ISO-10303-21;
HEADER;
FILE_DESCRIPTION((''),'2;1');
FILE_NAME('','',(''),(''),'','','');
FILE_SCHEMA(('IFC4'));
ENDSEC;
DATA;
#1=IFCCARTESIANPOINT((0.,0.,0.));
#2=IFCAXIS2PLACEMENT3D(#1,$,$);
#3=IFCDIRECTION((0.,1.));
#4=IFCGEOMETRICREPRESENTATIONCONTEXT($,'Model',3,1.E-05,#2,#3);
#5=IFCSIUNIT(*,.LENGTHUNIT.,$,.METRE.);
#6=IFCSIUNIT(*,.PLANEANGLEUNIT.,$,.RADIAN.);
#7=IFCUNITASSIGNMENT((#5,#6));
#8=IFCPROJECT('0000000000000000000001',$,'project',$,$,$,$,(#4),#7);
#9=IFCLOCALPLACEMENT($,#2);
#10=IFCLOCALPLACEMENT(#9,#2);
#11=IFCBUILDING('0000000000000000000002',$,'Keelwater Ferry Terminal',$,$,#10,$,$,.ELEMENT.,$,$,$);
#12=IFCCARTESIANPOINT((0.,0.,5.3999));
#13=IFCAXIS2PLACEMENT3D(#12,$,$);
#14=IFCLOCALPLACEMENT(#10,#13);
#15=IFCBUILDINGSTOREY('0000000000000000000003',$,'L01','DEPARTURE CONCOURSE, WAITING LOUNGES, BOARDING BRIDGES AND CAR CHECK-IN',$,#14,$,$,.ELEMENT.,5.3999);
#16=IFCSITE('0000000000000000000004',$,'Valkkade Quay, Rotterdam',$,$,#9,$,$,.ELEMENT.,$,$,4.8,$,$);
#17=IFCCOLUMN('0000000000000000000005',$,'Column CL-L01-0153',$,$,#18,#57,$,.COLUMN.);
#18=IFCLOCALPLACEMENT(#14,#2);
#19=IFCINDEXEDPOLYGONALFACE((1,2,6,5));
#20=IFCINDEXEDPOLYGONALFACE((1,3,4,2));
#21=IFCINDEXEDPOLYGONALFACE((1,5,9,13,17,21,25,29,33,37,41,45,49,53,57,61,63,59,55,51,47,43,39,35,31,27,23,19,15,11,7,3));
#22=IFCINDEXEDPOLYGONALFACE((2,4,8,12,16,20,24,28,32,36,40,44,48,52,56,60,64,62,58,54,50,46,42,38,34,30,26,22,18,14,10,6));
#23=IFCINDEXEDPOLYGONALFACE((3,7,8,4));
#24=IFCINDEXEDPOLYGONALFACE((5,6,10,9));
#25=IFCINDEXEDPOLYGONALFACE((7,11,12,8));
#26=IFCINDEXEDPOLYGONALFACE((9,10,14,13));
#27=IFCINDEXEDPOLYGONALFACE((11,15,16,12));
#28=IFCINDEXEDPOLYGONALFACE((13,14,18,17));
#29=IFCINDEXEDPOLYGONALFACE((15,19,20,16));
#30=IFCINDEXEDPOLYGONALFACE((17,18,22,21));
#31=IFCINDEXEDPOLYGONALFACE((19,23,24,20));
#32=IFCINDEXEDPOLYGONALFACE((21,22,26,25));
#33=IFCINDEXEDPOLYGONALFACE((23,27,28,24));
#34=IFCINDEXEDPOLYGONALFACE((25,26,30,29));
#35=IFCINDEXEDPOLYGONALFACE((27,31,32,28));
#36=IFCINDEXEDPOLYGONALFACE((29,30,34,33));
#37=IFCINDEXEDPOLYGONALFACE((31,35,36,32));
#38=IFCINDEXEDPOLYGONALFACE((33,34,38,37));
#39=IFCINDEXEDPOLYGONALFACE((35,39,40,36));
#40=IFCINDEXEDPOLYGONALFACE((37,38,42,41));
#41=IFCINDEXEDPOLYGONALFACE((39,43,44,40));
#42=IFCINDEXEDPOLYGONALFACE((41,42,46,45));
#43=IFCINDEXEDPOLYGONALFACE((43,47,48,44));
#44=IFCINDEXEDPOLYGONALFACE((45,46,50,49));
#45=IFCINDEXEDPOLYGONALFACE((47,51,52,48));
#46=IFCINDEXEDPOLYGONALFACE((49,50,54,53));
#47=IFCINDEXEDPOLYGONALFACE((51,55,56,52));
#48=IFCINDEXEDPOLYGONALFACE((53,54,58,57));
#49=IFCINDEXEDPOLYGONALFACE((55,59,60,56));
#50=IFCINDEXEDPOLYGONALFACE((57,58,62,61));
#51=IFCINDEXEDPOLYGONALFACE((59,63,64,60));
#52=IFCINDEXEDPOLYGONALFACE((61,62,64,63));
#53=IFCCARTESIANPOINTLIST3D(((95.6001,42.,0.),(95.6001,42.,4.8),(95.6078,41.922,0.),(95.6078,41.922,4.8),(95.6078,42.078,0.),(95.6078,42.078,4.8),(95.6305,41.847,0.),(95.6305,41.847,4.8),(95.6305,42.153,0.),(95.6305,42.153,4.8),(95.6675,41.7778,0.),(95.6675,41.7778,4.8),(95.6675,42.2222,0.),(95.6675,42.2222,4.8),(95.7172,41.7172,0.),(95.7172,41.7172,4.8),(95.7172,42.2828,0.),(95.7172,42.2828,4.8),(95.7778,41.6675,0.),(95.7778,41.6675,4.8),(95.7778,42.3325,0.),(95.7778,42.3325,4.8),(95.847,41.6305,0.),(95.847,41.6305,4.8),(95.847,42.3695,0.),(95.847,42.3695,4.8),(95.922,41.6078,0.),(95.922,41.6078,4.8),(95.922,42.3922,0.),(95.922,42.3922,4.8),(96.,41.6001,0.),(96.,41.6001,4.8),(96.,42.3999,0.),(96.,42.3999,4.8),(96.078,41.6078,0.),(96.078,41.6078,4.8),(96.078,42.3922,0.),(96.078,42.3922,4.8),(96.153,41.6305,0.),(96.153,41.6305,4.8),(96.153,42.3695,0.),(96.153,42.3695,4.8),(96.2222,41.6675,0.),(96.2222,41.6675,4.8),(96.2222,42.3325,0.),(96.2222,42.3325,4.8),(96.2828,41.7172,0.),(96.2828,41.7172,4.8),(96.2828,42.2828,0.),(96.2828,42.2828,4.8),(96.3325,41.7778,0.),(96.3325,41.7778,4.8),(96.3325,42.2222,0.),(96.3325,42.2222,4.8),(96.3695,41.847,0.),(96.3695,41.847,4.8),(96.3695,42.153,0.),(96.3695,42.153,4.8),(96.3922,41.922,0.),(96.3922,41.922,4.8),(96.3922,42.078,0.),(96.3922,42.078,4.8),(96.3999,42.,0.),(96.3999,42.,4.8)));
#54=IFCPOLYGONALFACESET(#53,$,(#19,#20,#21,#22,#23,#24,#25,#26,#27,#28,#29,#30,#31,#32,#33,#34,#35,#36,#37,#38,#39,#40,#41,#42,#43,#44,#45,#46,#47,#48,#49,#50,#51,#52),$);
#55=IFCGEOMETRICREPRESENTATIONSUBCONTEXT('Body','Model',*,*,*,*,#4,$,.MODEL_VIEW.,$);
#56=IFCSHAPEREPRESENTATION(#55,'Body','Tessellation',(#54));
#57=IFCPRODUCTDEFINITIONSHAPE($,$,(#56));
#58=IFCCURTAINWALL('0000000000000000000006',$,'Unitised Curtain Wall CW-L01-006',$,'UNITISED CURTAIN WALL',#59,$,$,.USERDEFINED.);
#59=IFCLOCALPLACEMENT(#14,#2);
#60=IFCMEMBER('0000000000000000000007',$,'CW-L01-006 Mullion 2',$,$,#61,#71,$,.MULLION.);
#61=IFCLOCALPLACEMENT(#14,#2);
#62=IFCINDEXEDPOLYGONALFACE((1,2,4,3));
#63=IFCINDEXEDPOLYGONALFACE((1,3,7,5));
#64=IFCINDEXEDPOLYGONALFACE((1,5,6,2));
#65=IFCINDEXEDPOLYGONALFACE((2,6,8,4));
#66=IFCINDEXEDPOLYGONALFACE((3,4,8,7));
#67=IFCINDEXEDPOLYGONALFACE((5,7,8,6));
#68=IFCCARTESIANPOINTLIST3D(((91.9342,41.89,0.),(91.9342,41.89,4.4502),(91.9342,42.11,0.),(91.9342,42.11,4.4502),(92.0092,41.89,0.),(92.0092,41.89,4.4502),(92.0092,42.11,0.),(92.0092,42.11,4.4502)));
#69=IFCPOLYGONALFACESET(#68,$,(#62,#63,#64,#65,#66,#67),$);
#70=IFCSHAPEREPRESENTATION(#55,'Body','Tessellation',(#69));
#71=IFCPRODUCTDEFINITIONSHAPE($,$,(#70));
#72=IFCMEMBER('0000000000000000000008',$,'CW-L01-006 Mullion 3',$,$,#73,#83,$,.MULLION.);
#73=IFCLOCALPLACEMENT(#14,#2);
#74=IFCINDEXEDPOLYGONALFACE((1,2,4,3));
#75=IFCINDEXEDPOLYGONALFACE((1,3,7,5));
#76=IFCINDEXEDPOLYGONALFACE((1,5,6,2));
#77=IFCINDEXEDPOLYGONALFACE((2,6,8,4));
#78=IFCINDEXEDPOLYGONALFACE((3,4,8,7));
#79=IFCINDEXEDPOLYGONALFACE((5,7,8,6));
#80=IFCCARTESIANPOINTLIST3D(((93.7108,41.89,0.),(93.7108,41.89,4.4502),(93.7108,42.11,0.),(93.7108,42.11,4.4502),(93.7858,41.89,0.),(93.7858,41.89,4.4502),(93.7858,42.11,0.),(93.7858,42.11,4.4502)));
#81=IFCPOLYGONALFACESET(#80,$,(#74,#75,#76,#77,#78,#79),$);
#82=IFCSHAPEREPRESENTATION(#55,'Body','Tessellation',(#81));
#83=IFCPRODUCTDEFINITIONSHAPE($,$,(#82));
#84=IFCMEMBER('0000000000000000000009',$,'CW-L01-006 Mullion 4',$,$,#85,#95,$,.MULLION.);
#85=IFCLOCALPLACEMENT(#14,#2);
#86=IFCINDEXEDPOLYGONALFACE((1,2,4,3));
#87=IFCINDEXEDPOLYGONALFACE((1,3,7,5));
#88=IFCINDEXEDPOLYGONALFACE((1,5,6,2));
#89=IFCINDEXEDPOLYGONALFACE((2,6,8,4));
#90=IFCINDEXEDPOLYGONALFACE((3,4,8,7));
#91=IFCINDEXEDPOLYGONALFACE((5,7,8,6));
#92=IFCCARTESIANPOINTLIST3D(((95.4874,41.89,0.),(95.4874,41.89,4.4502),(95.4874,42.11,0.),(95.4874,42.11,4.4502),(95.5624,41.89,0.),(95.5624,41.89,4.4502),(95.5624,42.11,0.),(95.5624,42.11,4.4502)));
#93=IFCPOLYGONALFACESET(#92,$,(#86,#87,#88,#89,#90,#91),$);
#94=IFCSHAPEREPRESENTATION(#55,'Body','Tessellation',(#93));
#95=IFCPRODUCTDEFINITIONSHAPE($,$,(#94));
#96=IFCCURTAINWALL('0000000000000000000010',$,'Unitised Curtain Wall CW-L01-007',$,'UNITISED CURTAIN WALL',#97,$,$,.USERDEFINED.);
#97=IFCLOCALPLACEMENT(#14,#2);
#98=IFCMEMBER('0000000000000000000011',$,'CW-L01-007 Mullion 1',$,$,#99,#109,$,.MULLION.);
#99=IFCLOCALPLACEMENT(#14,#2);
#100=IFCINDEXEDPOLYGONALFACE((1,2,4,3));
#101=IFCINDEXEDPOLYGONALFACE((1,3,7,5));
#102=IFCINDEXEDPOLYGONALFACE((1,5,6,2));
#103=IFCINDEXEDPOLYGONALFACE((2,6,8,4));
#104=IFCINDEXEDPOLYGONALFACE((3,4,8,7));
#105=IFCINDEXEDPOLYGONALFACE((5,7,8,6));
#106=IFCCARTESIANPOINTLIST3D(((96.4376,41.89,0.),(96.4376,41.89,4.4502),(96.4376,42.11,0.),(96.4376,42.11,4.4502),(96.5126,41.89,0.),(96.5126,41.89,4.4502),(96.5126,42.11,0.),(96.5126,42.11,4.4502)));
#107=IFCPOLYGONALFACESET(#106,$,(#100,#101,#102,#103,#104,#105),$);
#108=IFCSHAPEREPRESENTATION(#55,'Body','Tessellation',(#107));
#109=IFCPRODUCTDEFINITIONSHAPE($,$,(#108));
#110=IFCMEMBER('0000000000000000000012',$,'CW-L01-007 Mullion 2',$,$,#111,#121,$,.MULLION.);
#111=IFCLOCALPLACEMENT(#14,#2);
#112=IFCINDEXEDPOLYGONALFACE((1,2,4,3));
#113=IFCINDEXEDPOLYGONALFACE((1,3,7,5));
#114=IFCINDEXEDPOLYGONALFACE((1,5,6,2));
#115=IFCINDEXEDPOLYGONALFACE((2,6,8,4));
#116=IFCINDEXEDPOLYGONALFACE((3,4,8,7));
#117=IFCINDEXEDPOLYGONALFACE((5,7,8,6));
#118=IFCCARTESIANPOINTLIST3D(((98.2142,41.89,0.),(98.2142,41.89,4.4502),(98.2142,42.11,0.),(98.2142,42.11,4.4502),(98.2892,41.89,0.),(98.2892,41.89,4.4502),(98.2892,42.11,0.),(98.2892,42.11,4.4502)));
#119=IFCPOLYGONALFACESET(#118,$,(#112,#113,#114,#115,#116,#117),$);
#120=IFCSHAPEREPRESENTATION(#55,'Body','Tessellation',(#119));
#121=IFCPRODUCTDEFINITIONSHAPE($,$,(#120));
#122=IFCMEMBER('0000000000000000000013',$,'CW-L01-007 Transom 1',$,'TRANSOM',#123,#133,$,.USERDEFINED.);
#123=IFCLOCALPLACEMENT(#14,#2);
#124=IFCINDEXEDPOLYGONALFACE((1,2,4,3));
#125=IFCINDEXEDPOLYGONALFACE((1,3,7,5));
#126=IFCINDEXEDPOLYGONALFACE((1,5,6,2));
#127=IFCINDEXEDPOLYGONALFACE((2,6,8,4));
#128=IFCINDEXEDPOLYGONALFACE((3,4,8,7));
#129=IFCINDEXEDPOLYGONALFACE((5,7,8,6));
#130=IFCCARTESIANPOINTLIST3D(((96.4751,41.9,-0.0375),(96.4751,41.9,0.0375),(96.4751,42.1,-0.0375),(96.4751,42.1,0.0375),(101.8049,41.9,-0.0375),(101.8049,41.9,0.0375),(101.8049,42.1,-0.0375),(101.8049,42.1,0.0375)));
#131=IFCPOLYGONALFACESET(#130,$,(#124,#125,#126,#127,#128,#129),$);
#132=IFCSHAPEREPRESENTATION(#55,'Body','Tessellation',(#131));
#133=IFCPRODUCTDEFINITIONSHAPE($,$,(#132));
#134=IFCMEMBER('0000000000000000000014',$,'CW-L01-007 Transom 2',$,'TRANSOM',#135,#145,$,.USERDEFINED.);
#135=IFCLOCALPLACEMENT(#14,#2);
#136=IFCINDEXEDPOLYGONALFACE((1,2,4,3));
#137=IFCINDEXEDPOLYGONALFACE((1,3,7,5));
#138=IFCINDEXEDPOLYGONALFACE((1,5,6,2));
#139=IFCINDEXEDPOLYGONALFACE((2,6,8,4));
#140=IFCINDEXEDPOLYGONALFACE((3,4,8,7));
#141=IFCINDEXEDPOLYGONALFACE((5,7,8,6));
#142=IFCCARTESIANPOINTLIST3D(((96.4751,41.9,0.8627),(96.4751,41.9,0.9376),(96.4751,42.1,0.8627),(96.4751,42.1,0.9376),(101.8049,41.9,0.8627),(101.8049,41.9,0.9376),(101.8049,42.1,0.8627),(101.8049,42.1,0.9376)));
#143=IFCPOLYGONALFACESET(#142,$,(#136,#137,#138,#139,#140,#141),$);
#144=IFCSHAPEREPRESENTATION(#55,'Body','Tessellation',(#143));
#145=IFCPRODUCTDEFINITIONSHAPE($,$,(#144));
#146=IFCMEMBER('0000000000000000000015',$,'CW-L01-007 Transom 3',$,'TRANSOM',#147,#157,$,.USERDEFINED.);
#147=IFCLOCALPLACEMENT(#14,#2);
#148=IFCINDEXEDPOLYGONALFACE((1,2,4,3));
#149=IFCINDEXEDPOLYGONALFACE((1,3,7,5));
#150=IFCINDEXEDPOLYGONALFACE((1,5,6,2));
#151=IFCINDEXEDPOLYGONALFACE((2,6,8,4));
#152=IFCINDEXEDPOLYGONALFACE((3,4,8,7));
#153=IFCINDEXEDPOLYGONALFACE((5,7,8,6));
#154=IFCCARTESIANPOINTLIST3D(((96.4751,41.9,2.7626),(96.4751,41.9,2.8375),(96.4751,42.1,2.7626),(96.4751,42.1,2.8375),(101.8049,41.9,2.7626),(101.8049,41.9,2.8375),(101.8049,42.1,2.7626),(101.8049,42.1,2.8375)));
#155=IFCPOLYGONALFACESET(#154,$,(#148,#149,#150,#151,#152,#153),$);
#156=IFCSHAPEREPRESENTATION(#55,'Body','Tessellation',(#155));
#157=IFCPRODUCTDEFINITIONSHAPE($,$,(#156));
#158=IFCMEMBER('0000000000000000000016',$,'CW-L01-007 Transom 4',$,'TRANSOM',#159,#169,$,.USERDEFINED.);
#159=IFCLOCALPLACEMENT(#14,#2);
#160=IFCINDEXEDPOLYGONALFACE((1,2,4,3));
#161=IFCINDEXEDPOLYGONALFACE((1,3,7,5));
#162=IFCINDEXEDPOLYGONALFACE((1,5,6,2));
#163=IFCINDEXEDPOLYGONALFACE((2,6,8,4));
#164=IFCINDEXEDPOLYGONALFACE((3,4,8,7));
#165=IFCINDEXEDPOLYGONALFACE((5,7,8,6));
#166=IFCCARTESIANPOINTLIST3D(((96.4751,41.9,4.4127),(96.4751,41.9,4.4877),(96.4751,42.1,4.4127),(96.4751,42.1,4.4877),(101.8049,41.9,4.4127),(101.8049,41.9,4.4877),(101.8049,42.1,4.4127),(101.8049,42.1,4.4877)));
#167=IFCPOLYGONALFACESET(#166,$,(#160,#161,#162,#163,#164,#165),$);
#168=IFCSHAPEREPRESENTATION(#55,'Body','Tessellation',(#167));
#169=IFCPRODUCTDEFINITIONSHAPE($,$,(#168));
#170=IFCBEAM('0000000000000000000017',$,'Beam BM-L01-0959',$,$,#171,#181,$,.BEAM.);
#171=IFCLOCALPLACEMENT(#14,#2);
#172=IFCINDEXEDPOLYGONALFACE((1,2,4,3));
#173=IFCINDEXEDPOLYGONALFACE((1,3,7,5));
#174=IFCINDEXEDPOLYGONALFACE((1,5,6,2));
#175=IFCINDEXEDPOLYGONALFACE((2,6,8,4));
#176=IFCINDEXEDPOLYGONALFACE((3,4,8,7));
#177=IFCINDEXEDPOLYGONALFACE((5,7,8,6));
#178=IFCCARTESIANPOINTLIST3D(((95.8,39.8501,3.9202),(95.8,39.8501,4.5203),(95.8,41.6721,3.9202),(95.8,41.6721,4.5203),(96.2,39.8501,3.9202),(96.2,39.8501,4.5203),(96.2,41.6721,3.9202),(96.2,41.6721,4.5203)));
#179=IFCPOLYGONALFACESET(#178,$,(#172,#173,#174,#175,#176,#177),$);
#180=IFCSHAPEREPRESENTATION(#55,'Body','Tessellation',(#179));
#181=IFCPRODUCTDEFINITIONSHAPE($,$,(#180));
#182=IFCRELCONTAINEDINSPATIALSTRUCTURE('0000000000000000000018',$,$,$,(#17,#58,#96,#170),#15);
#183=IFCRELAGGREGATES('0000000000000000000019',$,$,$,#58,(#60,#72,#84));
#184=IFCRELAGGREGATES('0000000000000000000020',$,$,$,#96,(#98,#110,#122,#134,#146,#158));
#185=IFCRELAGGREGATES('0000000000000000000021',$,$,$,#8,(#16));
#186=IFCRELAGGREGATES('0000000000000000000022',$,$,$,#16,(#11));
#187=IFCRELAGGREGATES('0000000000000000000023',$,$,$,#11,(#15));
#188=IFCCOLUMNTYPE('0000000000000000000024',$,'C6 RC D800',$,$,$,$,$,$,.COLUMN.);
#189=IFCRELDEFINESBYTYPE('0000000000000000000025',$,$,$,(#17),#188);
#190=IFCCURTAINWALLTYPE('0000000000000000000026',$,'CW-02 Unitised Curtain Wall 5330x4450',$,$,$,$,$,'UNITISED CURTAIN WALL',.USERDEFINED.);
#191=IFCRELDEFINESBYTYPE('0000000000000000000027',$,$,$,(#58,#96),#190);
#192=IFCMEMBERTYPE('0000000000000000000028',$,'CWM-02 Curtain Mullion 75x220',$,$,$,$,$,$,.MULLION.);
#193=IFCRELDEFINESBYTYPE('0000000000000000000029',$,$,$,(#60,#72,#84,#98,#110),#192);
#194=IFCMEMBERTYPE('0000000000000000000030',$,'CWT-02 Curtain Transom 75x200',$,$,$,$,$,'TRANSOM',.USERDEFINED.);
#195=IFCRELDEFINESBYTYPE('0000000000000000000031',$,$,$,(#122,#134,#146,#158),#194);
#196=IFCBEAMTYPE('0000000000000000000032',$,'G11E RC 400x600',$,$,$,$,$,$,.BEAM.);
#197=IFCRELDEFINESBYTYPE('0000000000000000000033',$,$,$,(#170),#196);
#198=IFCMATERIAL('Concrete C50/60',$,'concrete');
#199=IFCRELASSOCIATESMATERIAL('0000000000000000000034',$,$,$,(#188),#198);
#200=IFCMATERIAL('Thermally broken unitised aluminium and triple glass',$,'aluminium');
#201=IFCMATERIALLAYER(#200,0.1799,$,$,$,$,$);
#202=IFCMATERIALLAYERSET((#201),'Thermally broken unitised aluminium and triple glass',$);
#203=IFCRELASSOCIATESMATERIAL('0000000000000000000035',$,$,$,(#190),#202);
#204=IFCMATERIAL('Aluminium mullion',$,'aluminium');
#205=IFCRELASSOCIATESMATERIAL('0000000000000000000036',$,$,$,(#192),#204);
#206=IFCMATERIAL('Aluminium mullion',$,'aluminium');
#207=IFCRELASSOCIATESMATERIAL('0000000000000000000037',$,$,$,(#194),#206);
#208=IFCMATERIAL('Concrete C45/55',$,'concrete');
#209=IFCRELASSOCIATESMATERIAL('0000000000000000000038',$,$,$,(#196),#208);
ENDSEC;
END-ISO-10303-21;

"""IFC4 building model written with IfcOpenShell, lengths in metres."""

from ifc_helpers import new_model, si_unit, direction, frame, origin, origin_2d, place, context, subcontext, project, spatial, rectangle, circle, extrude, material, layer, layer_set, material_profile, profile_set, type_object, element, aggregate, save


model = new_model("IFC4")

# Units and contexts
model_context = context("Model", 3, precision=1e-05, world=origin(), true_north=direction((0.0, 1.0)))
body_context = subcontext(model_context, "Body", "Model", "MODEL_VIEW")
ifc_project = project(units=[si_unit("LENGTHUNIT", "METRE"), si_unit("PLANEANGLEUNIT", "RADIAN")], contexts=[model_context])

# Site, building, storey
site_placement = place(None, origin())
site = spatial("IfcSite", under=ifc_project, at=site_placement, Name="Valkkade Quay, Rotterdam", CompositionType="ELEMENT", RefElevation=4.8)
building_placement = place(site_placement, origin())
building = spatial("IfcBuilding", under=site, at=building_placement, Name="Keelwater Ferry Terminal", CompositionType="ELEMENT")
storey_placement = place(building_placement, frame((0.0, 0.0, 5.3999)))
storey = spatial("IfcBuildingStorey", under=building, at=storey_placement, Name="L01", Description="DEPARTURE CONCOURSE, WAITING LOUNGES, BOARDING BRIDGES AND CAR CHECK-IN", CompositionType="ELEMENT", Elevation=5.3999)

# Column
ifc_material_1 = material(Name="Concrete C50/60", Category="concrete")
ifc_material_profile_1 = material_profile(ifc_material_1, circle(Radius=0.3999, at=origin_2d()), Name="RC D800")
ifc_profile_set_1 = profile_set([ifc_material_profile_1], Name="Concrete C50/60")
column_type = type_object("IfcColumnType", Name="C6 RC D800", PredefinedType="COLUMN", material=ifc_profile_set_1)
column_placement = place(storey_placement, frame((96.0, 42.0, 0.0), z_axis=(0.0, 0.0, 1.0), x_axis=(1.0, 0.0, 0.0)))
element("IfcColumn", 1, at=column_placement, inside=storey, type_object=column_type, Name="Column CL-L01-0153", PredefinedType="COLUMN", context=body_context, shape_type="SweptSolid", body=[
    extrude(circle(Radius=0.3999, at=origin_2d()), origin(), (0.0, 0.0, 1.0), 4.8),
])

# Curtain walls, members
ifc_material_2 = material(Name="Thermally broken unitised aluminium and triple glass", Category="aluminium")
ifc_layer_1 = layer(ifc_material_2, 0.1799)
ifc_layer_set_1 = layer_set([ifc_layer_1], Name="Thermally broken unitised aluminium and triple glass")
curtain_wall_type = type_object("IfcCurtainWallType", Name="CW-02 Unitised Curtain Wall 5330x4450", ElementType="UNITISED CURTAIN WALL", PredefinedType="USERDEFINED", material=ifc_layer_set_1)
curtain_wall_1_placement = place(storey_placement, origin())
curtain_wall_1 = element("IfcCurtainWall", 2, at=curtain_wall_1_placement, inside=storey, type_object=curtain_wall_type, Name="Unitised Curtain Wall CW-L01-006", ObjectType="UNITISED CURTAIN WALL", PredefinedType="USERDEFINED")
ifc_material_3 = material(Name="Aluminium mullion", Category="aluminium")
ifc_material_profile_2 = material_profile(ifc_material_3, rectangle(XDim=0.075, YDim=0.22, at=origin_2d()), Name="CWM-02")
ifc_profile_set_2 = profile_set([ifc_material_profile_2], Name="Aluminium mullion")
member_type_1 = type_object("IfcMemberType", Name="CWM-02 Curtain Mullion 75x220", PredefinedType="MULLION", material=ifc_profile_set_2)
member_1_placement = place(storey_placement, frame((91.9717, 42.0, 0.0), z_axis=(0.0, 0.0, 1.0), x_axis=(1.0, 0.0, 0.0)))
member_1 = element("IfcMember", 3, at=member_1_placement, type_object=member_type_1, Name="CW-L01-006 Mullion 2", PredefinedType="MULLION", context=body_context, shape_type="SweptSolid", body=[
    extrude(rectangle(XDim=0.075, YDim=0.22, at=origin_2d()), origin(), (0.0, 0.0, 1.0), 4.4502),
])
member_2_placement = place(storey_placement, frame((93.7483, 42.0, 0.0), z_axis=(0.0, 0.0, 1.0), x_axis=(1.0, 0.0, 0.0)))
member_2 = element("IfcMember", 4, at=member_2_placement, type_object=member_type_1, Name="CW-L01-006 Mullion 3", PredefinedType="MULLION", context=body_context, shape_type="SweptSolid", body=[
    extrude(rectangle(XDim=0.075, YDim=0.22, at=origin_2d()), origin(), (0.0, 0.0, 1.0), 4.4502),
])
member_3_placement = place(storey_placement, frame((95.5249, 42.0, 0.0), z_axis=(0.0, 0.0, 1.0), x_axis=(1.0, 0.0, 0.0)))
member_3 = element("IfcMember", 5, at=member_3_placement, type_object=member_type_1, Name="CW-L01-006 Mullion 4", PredefinedType="MULLION", context=body_context, shape_type="SweptSolid", body=[
    extrude(rectangle(XDim=0.075, YDim=0.22, at=origin_2d()), origin(), (0.0, 0.0, 1.0), 4.4502),
])
curtain_wall_2_placement = place(storey_placement, origin())
curtain_wall_2 = element("IfcCurtainWall", 6, at=curtain_wall_2_placement, inside=storey, type_object=curtain_wall_type, Name="Unitised Curtain Wall CW-L01-007", ObjectType="UNITISED CURTAIN WALL", PredefinedType="USERDEFINED")
member_4_placement = place(storey_placement, frame((96.4751, 42.0, 0.0), z_axis=(0.0, 0.0, 1.0), x_axis=(1.0, 0.0, 0.0)))
member_4 = element("IfcMember", 7, at=member_4_placement, type_object=member_type_1, Name="CW-L01-007 Mullion 1", PredefinedType="MULLION", context=body_context, shape_type="SweptSolid", body=[
    extrude(rectangle(XDim=0.075, YDim=0.22, at=origin_2d()), origin(), (0.0, 0.0, 1.0), 4.4502),
])
member_5_placement = place(storey_placement, frame((98.2517, 42.0, 0.0), z_axis=(0.0, 0.0, 1.0), x_axis=(1.0, 0.0, 0.0)))
member_5 = element("IfcMember", 8, at=member_5_placement, type_object=member_type_1, Name="CW-L01-007 Mullion 2", PredefinedType="MULLION", context=body_context, shape_type="SweptSolid", body=[
    extrude(rectangle(XDim=0.075, YDim=0.22, at=origin_2d()), origin(), (0.0, 0.0, 1.0), 4.4502),
])
ifc_material_4 = material(Name="Aluminium mullion", Category="aluminium")
ifc_material_profile_3 = material_profile(ifc_material_4, rectangle(XDim=0.2, YDim=0.075, at=origin_2d()), Name="CWT-02")
ifc_profile_set_3 = profile_set([ifc_material_profile_3], Name="Aluminium mullion")
member_type_2 = type_object("IfcMemberType", Name="CWT-02 Curtain Transom 75x200", ElementType="TRANSOM", PredefinedType="USERDEFINED", material=ifc_profile_set_3)
member_6_placement = place(storey_placement, frame((96.4751, 42.0, 0.0), z_axis=(1.0, 0.0, 0.0), x_axis=(0.0, 1.0, 0.0)))
member_6 = element("IfcMember", 9, at=member_6_placement, type_object=member_type_2, Name="CW-L01-007 Transom 1", ObjectType="TRANSOM", PredefinedType="USERDEFINED", context=body_context, shape_type="SweptSolid", body=[
    extrude(rectangle(XDim=0.2, YDim=0.075, at=origin_2d()), origin(), (0.0, 0.0, 1.0), 5.3298),
])
member_7_placement = place(storey_placement, frame((96.4751, 42.0, 0.9001), z_axis=(1.0, 0.0, 0.0), x_axis=(0.0, 1.0, 0.0)))
member_7 = element("IfcMember", 10, at=member_7_placement, type_object=member_type_2, Name="CW-L01-007 Transom 2", ObjectType="TRANSOM", PredefinedType="USERDEFINED", context=body_context, shape_type="SweptSolid", body=[
    extrude(rectangle(XDim=0.2, YDim=0.075, at=origin_2d()), origin(), (0.0, 0.0, 1.0), 5.3298),
])
member_8_placement = place(storey_placement, frame((96.4751, 42.0, 2.8), z_axis=(1.0, 0.0, 0.0), x_axis=(0.0, 1.0, 0.0)))
member_8 = element("IfcMember", 11, at=member_8_placement, type_object=member_type_2, Name="CW-L01-007 Transom 3", ObjectType="TRANSOM", PredefinedType="USERDEFINED", context=body_context, shape_type="SweptSolid", body=[
    extrude(rectangle(XDim=0.2, YDim=0.075, at=origin_2d()), origin(), (0.0, 0.0, 1.0), 5.3298),
])
member_9_placement = place(storey_placement, frame((96.4751, 42.0, 4.4502), z_axis=(1.0, 0.0, 0.0), x_axis=(0.0, 1.0, 0.0)))
member_9 = element("IfcMember", 12, at=member_9_placement, type_object=member_type_2, Name="CW-L01-007 Transom 4", ObjectType="TRANSOM", PredefinedType="USERDEFINED", context=body_context, shape_type="SweptSolid", body=[
    extrude(rectangle(XDim=0.2, YDim=0.075, at=origin_2d()), origin(), (0.0, 0.0, 1.0), 5.3298),
])

# Beam
ifc_material_5 = material(Name="Concrete C45/55", Category="concrete")
ifc_material_profile_4 = material_profile(ifc_material_5, rectangle(XDim=0.3999, YDim=0.6001, at=origin_2d()), Name="RC 400x600")
ifc_profile_set_4 = profile_set([ifc_material_profile_4], Name="Concrete C45/55")
beam_type_1 = type_object("IfcBeamType", Name="G11E RC 400x600", PredefinedType="BEAM", material=ifc_profile_set_4)
beam_1_placement = place(storey_placement, frame((96.0, 41.6721, 4.2202), z_axis=(0.0, -1.0, 0.0), x_axis=(1.0, 0.0, 0.0)))
element("IfcBeam", 13, at=beam_1_placement, inside=storey, type_object=beam_type_1, Name="Beam BM-L01-0959", PredefinedType="BEAM", context=body_context, shape_type="SweptSolid", body=[
    extrude(rectangle(XDim=0.3999, YDim=0.6001, at=origin_2d()), origin(), (0.0, 0.0, 1.0), 1.822),
])

aggregate(curtain_wall_1, [member_1, member_2, member_3])
aggregate(curtain_wall_2, [member_4, member_5, member_6, member_7, member_8, member_9])

save(model, "model.ifc")
